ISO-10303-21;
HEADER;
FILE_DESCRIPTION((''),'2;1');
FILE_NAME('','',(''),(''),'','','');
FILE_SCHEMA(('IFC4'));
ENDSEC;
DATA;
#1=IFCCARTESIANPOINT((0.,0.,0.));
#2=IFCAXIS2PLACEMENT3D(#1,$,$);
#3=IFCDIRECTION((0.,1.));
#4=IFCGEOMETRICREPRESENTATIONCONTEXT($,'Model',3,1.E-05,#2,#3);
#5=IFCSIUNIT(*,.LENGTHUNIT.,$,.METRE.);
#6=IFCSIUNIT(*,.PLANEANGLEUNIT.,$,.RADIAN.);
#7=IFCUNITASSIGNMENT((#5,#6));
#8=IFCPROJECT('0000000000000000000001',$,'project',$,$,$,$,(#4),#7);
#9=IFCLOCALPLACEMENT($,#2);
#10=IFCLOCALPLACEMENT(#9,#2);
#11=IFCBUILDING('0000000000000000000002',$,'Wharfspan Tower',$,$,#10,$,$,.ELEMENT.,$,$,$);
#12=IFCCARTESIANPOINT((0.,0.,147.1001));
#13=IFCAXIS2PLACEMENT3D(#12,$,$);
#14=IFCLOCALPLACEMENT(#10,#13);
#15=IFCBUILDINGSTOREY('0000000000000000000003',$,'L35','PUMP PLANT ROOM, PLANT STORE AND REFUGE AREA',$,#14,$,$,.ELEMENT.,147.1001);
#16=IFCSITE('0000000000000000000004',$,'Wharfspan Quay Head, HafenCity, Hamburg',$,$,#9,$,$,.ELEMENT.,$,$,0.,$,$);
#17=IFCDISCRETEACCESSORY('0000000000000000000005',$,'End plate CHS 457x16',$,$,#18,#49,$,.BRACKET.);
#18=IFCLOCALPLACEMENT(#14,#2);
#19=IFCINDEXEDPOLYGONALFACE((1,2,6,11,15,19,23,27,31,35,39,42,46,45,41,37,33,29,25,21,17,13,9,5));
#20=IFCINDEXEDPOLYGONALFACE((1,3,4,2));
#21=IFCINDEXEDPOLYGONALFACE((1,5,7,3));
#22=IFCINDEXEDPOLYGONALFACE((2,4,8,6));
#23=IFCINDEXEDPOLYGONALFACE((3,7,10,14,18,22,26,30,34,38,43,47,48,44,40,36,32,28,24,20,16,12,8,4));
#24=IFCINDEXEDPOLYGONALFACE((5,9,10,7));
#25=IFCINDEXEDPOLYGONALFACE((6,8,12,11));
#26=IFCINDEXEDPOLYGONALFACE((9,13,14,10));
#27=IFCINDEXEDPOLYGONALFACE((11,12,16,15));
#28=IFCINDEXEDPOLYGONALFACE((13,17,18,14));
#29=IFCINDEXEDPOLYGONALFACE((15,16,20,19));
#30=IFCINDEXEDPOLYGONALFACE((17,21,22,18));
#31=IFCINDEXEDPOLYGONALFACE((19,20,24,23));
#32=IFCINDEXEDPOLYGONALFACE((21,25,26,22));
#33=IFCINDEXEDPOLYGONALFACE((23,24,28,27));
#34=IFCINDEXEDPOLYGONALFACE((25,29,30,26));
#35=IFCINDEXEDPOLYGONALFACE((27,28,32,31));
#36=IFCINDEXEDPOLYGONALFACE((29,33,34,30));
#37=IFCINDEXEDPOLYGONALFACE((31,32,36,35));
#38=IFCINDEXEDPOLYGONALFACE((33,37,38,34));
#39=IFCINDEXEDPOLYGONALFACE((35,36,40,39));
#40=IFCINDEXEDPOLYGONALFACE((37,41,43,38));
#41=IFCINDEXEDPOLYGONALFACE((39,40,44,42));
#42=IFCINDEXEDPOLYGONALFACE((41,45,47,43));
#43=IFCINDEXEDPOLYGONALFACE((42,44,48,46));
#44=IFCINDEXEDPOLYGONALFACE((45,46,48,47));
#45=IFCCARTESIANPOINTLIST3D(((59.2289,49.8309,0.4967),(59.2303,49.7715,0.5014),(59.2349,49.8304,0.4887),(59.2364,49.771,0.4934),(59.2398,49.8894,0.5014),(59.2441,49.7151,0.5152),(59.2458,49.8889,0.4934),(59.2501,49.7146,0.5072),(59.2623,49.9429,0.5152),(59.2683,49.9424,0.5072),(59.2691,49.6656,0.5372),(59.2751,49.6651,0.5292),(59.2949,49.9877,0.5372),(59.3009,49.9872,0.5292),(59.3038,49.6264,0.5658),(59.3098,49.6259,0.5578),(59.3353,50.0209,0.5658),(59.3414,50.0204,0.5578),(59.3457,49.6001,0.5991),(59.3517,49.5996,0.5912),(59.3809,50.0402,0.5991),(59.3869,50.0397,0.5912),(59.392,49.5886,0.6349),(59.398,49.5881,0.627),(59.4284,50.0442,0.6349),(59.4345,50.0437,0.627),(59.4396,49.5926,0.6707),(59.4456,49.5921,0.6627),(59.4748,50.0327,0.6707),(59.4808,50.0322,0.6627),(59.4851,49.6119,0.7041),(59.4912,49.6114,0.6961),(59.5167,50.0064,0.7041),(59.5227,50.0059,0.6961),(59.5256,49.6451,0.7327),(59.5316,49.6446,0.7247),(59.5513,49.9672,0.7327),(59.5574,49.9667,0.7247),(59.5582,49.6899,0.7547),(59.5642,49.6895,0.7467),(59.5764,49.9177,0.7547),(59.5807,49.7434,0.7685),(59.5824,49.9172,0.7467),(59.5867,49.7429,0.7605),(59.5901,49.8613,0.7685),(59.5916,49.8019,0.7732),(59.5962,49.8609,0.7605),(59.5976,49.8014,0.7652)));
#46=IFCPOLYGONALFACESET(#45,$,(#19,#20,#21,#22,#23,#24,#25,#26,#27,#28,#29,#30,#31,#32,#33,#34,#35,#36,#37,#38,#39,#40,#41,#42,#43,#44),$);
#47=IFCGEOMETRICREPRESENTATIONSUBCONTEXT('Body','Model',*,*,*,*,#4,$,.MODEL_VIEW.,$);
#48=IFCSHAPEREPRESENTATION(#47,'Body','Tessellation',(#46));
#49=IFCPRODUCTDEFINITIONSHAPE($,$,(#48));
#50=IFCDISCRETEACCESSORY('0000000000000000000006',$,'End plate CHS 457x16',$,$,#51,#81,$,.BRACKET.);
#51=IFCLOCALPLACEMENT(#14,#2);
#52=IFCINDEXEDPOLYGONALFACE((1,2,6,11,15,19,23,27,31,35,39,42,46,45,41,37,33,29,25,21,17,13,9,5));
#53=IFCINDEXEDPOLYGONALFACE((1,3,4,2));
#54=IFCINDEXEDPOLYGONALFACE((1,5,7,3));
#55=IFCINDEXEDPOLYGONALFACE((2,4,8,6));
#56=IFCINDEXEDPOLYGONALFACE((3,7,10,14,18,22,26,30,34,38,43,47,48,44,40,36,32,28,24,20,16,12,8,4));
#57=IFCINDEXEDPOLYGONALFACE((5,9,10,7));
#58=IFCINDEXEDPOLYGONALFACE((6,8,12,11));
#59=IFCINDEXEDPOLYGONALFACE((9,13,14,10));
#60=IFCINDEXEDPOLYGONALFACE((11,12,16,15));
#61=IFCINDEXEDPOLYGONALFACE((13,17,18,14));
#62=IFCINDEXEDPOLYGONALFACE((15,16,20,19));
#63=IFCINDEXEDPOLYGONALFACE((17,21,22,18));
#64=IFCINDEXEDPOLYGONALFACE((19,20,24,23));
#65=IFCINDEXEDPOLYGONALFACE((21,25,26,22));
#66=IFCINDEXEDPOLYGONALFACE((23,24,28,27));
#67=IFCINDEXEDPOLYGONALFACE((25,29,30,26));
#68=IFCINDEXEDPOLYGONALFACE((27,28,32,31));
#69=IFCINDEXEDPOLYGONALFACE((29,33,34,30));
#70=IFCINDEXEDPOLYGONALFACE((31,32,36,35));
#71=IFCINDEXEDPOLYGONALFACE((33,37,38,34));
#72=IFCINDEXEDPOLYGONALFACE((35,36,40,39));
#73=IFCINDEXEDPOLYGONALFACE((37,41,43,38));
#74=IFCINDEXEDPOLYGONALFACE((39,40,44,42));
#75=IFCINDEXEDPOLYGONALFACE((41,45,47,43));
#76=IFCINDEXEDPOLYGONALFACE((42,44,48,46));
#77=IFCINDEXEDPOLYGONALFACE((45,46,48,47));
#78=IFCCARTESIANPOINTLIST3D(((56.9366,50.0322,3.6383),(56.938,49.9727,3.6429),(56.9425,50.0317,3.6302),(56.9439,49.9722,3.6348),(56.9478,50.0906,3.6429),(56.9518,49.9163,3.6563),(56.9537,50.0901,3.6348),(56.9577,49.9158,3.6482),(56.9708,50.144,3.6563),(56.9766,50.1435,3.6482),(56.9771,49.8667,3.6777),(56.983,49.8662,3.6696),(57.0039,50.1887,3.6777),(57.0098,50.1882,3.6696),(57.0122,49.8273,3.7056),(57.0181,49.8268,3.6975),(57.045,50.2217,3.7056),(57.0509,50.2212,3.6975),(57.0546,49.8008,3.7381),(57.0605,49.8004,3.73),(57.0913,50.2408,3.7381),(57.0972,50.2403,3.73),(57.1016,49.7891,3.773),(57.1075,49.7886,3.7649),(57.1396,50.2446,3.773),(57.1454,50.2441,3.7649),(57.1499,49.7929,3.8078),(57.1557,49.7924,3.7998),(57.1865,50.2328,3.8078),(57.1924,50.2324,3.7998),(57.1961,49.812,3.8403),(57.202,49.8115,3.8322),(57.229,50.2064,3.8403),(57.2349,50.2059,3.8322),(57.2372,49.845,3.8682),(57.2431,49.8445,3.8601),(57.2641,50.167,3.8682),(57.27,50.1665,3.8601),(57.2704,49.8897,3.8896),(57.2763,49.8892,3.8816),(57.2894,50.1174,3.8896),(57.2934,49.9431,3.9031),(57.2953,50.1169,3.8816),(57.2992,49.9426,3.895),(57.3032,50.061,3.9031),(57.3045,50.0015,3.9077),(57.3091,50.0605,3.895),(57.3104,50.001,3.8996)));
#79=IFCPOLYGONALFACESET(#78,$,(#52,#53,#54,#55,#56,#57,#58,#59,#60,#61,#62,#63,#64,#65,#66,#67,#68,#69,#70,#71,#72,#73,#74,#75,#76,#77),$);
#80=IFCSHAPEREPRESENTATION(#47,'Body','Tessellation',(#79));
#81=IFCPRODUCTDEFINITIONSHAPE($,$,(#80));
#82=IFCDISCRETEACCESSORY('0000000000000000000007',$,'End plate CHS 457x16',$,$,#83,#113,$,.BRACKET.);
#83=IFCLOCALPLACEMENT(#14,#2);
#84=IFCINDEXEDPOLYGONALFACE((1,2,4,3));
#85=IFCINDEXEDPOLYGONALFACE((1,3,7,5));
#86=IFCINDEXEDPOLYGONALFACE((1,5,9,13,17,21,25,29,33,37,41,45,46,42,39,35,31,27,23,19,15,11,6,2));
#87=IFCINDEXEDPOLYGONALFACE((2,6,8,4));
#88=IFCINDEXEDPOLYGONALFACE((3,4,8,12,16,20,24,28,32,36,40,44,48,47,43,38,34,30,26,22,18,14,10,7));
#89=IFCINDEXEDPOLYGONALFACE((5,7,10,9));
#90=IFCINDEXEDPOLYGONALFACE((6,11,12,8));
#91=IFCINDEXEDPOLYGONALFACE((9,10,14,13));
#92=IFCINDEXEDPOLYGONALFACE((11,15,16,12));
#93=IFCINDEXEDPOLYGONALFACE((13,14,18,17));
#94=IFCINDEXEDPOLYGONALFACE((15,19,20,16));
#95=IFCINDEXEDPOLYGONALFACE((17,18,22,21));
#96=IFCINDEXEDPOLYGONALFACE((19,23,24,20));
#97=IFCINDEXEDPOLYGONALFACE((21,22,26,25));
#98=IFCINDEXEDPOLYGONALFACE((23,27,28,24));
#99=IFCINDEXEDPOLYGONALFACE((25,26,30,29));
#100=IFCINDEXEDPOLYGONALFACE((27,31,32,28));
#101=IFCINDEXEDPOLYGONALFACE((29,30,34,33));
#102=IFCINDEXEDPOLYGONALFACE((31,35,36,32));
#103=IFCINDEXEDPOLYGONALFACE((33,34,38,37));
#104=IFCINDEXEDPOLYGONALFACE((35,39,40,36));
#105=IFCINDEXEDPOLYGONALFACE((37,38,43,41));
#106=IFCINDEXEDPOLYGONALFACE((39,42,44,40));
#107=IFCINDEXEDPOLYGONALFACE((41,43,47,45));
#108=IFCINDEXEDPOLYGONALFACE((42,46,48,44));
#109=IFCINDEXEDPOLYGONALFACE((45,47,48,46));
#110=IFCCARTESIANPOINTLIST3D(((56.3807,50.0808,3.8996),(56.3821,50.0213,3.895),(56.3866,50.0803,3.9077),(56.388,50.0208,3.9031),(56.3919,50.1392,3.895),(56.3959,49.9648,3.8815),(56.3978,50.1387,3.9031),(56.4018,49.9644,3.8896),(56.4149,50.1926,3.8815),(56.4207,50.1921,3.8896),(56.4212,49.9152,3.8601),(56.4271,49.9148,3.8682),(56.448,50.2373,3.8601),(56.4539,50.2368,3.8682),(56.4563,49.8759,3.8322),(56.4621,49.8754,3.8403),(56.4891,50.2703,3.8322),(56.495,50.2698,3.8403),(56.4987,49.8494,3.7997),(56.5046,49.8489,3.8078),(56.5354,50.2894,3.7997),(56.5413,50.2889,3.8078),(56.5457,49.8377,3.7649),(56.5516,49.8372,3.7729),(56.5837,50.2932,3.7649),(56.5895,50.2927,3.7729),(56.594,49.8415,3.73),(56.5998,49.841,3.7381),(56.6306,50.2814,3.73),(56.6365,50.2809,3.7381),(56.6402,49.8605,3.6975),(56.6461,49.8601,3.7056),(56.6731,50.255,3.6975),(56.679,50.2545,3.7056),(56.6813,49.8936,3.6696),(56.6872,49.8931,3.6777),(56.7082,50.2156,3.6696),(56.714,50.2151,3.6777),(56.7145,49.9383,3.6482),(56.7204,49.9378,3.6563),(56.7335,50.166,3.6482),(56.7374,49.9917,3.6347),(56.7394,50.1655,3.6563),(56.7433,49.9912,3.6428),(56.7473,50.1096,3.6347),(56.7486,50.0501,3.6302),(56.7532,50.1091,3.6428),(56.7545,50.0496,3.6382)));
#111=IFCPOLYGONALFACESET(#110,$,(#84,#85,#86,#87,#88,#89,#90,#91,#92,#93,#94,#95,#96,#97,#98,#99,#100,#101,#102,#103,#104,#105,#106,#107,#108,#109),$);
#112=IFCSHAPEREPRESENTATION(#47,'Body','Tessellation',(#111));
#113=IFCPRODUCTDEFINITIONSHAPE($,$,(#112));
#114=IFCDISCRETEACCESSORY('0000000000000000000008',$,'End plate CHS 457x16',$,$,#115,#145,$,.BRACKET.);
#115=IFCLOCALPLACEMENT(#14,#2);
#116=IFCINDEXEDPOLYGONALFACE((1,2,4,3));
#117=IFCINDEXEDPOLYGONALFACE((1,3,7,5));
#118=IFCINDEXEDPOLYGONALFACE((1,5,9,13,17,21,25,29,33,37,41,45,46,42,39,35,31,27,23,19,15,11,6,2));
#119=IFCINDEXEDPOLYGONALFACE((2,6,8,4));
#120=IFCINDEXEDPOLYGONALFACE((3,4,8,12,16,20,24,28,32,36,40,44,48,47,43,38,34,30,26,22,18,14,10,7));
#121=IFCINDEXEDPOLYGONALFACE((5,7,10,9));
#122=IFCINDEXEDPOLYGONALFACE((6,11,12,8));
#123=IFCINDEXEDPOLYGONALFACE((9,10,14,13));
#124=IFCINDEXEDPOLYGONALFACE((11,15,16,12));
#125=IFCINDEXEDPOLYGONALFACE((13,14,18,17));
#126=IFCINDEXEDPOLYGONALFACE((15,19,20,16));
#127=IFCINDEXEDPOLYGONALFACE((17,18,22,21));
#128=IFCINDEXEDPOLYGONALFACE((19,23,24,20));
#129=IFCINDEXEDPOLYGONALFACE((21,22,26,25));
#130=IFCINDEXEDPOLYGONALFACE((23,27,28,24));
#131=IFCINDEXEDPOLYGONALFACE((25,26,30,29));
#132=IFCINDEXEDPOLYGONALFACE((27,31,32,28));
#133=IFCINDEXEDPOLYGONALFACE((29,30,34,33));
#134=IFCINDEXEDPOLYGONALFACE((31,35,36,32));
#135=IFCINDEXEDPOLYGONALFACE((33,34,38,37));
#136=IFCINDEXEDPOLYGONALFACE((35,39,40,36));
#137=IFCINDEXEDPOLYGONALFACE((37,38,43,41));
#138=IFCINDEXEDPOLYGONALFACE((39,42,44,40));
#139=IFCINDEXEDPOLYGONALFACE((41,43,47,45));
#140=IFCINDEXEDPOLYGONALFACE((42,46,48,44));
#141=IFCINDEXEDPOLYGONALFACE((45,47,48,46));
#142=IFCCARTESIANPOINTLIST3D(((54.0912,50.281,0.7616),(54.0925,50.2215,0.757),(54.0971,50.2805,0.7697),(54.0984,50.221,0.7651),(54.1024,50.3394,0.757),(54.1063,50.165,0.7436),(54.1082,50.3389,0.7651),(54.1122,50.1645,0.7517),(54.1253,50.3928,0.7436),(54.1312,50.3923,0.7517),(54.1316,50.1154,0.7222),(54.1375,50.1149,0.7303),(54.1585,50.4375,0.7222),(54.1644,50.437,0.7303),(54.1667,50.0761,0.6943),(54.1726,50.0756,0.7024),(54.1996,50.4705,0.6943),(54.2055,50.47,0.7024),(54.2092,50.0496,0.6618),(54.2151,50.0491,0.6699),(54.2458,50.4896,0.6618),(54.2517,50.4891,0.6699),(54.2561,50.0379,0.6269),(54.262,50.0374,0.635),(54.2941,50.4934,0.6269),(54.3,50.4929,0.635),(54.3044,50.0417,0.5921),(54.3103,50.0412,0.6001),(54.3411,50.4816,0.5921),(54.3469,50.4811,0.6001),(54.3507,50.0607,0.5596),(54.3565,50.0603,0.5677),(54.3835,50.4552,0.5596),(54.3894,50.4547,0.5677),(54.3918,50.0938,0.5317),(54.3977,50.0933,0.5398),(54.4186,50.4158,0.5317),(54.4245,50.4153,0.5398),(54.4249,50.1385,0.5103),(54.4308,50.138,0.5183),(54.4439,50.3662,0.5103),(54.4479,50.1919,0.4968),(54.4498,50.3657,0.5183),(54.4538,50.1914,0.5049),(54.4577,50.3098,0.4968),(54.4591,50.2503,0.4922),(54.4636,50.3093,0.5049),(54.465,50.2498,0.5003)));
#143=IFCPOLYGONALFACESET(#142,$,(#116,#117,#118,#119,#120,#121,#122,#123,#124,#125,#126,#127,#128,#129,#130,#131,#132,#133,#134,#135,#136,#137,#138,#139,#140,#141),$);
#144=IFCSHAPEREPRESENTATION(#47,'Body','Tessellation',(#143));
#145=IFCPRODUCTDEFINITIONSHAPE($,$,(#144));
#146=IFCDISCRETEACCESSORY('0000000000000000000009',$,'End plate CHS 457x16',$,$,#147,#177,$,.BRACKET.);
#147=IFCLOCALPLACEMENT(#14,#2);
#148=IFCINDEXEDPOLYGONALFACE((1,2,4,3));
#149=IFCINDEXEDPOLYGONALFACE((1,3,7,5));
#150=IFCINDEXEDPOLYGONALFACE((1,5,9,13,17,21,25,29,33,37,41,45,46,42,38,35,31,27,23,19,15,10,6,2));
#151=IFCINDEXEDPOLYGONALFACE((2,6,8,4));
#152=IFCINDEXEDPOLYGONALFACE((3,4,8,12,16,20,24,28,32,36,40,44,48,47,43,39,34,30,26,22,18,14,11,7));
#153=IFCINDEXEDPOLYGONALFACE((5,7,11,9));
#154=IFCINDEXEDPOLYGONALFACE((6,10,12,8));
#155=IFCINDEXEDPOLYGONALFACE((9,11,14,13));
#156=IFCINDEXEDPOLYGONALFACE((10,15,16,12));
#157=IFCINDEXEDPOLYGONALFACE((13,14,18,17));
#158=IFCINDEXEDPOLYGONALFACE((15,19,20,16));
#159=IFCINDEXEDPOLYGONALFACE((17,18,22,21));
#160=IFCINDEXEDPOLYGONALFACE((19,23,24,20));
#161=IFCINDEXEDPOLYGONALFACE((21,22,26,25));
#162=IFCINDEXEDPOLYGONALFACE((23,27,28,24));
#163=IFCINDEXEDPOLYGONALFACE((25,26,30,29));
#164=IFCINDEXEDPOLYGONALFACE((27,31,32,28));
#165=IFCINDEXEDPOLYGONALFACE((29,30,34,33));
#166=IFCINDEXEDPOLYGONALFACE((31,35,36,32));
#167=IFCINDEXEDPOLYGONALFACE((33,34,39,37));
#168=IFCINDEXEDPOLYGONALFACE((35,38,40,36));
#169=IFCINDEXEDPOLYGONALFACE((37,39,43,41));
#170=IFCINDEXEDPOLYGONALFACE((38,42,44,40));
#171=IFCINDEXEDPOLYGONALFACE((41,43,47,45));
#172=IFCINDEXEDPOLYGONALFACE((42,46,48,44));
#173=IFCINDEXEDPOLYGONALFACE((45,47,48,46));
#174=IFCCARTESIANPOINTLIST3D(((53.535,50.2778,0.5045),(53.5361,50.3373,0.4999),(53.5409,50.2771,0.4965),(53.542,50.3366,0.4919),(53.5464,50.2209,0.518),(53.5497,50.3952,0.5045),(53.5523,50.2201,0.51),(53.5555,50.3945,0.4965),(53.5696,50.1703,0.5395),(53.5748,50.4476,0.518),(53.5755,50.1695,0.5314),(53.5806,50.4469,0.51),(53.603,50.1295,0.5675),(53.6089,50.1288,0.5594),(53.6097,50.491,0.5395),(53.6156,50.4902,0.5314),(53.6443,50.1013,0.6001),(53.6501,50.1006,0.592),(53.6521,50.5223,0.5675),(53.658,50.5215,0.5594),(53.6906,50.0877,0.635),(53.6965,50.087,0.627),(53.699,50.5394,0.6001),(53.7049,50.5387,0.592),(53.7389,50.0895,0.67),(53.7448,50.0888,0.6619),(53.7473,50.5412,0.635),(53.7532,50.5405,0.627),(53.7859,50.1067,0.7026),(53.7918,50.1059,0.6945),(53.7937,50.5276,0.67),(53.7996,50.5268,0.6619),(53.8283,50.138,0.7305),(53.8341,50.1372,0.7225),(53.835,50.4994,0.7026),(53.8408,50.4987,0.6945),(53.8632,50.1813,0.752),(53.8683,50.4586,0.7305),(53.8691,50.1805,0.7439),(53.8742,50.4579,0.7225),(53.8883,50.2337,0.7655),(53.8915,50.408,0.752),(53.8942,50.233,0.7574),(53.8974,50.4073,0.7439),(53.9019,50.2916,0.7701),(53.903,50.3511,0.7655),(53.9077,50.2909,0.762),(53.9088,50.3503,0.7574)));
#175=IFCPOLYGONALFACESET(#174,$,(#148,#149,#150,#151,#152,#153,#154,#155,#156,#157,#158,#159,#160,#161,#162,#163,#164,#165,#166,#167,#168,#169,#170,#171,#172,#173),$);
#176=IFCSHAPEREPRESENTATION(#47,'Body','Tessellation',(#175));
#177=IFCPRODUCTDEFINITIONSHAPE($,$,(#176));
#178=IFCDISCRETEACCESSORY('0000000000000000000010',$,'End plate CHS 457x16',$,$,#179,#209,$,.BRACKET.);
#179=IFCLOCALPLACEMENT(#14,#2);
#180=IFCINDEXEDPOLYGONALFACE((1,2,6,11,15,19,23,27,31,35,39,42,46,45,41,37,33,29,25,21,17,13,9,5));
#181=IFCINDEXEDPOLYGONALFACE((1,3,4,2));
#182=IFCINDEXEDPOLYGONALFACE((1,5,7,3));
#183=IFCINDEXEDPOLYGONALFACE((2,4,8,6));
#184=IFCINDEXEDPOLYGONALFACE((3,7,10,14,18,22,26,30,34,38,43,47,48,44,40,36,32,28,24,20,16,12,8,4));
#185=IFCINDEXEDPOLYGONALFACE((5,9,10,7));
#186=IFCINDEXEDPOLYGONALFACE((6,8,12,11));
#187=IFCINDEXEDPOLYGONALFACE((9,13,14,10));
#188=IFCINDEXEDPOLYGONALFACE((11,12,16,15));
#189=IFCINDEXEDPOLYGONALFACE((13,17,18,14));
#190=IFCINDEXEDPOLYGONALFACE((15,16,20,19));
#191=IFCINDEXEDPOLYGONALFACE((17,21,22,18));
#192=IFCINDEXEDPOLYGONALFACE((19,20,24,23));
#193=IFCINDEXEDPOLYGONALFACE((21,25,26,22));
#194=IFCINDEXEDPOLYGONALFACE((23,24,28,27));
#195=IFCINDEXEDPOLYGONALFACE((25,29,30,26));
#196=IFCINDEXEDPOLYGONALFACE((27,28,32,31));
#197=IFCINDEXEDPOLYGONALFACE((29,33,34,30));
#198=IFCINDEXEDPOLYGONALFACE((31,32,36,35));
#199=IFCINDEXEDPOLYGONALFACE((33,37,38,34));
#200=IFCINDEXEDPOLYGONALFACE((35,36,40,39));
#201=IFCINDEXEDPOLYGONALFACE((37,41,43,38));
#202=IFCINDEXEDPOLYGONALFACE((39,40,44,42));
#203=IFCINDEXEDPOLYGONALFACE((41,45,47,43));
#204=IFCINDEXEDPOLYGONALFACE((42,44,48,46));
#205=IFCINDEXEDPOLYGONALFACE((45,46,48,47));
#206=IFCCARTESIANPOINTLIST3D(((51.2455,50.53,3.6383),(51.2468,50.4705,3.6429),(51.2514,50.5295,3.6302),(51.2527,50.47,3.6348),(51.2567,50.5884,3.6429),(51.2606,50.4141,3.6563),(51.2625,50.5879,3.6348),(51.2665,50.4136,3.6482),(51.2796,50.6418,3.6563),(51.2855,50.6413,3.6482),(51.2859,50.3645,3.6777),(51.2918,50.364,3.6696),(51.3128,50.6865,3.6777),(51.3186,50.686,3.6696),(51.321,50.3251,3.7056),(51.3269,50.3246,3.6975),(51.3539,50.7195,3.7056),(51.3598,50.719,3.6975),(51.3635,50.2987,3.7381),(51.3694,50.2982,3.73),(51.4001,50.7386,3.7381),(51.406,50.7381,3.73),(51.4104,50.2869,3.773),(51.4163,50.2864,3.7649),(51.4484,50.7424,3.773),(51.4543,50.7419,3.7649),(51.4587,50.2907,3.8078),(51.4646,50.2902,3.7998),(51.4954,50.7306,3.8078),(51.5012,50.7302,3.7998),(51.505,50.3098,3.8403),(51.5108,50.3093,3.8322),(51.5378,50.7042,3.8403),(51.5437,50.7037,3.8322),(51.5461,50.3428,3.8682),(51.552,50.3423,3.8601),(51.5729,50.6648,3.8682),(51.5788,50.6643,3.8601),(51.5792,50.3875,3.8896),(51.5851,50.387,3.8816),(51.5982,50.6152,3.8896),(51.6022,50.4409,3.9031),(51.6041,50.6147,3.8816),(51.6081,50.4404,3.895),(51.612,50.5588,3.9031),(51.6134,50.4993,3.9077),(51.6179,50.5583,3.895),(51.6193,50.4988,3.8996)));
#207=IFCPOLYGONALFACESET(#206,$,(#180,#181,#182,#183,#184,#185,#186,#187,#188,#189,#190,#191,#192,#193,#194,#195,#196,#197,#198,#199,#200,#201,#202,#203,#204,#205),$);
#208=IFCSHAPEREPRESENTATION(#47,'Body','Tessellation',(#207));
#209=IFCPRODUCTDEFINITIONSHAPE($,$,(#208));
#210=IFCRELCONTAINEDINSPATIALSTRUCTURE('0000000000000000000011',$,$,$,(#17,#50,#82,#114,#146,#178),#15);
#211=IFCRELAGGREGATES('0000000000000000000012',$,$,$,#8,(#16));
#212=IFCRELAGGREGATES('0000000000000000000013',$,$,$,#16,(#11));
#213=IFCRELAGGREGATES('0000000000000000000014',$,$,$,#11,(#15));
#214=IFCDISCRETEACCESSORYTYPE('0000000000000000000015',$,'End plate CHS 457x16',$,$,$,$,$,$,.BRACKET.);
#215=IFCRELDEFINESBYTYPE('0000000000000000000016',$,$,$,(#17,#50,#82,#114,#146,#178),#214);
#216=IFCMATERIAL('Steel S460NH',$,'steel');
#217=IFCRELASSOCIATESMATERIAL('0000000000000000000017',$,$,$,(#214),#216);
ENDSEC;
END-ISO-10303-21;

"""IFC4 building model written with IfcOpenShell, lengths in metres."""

from ifc_helpers import new_model, si_unit, direction, frame, origin, origin_2d, place, context, subcontext, project, spatial, circle, extrude, material, material_profile, profile_set, type_object, element, save


model = new_model("IFC4")

# Units and contexts
model_context = context("Model", 3, precision=1e-05, world=origin(), true_north=direction((0.0, 1.0)))
body_context = subcontext(model_context, "Body", "Model", "MODEL_VIEW")
ifc_project = project(units=[si_unit("LENGTHUNIT", "METRE"), si_unit("PLANEANGLEUNIT", "RADIAN")], contexts=[model_context])

# Site, building, storey
site_placement = place(None, origin())
site = spatial("IfcSite", under=ifc_project, at=site_placement, Name="Wharfspan Quay Head, HafenCity, Hamburg", CompositionType="ELEMENT", RefElevation=0.0)
building_placement = place(site_placement, origin())
building = spatial("IfcBuilding", under=site, at=building_placement, Name="Wharfspan Tower", CompositionType="ELEMENT")
storey_placement = place(building_placement, frame((0.0, 0.0, 147.1001)))
storey = spatial("IfcBuildingStorey", under=building, at=storey_placement, Name="L35", Description="PUMP PLANT ROOM, PLANT STORE AND REFUGE AREA", CompositionType="ELEMENT", Elevation=147.1001)

# Shared definitions
ifc_material_1 = material(Name="Steel S460NH", Category="steel")

# Discrete accessories
ifc_material_profile_1 = material_profile(ifc_material_1, circle(Radius=0.2285, at=origin_2d()))
ifc_profile_set_1 = profile_set([ifc_material_profile_1], Name="Steel S460NH")
discrete_accessory_type_1 = type_object("IfcDiscreteAccessoryType", Name="End plate CHS 457x16", PredefinedType="BRACKET", material=ifc_profile_set_1)
for number, where, z_axis, x_axis, name in (
    (1, (59.4163, 49.8159, 0.627), (-0.603154, 0.048252, 0.796164), (-0.079745, -0.996819, 0.0), "End plate CHS 457x16"),
    (2, (57.1265, 50.0164, 3.7649), (-0.587466, 0.048956, 0.807766), (-0.083046, -0.996542, 0.0), "End plate CHS 457x16"),
    (3, (56.5706, 50.0649, 3.7729), (-0.587466, 0.048956, -0.807766), (-0.083046, -0.996542, 0.0), "End plate CHS 457x16"),
    (4, (54.281, 50.2651, 0.635), (-0.587466, 0.048956, -0.807766), (-0.083046, -0.996542, 0.0), "End plate CHS 457x16"),
    (5, (53.7249, 50.3137, 0.627), (-0.586588, 0.073324, 0.806559), (-0.124036, -0.992281, 0.0), "End plate CHS 457x16"),
    (6, (51.4353, 50.5142, 3.7649), (-0.587466, 0.048956, 0.807766), (-0.083046, -0.996542, 0.0), "End plate CHS 457x16"),
):
    element("IfcDiscreteAccessory", number, at=place(storey_placement, frame(where, z_axis=z_axis, x_axis=x_axis)), inside=storey, type_object=discrete_accessory_type_1, Name=name, PredefinedType="BRACKET", context=body_context, shape_type="SweptSolid", body=[
        extrude(circle(Radius=0.2285, at=origin_2d()), origin(), (0.0, 0.0, 1.0), 0.01),
    ])

save(model, "model.ifc")
